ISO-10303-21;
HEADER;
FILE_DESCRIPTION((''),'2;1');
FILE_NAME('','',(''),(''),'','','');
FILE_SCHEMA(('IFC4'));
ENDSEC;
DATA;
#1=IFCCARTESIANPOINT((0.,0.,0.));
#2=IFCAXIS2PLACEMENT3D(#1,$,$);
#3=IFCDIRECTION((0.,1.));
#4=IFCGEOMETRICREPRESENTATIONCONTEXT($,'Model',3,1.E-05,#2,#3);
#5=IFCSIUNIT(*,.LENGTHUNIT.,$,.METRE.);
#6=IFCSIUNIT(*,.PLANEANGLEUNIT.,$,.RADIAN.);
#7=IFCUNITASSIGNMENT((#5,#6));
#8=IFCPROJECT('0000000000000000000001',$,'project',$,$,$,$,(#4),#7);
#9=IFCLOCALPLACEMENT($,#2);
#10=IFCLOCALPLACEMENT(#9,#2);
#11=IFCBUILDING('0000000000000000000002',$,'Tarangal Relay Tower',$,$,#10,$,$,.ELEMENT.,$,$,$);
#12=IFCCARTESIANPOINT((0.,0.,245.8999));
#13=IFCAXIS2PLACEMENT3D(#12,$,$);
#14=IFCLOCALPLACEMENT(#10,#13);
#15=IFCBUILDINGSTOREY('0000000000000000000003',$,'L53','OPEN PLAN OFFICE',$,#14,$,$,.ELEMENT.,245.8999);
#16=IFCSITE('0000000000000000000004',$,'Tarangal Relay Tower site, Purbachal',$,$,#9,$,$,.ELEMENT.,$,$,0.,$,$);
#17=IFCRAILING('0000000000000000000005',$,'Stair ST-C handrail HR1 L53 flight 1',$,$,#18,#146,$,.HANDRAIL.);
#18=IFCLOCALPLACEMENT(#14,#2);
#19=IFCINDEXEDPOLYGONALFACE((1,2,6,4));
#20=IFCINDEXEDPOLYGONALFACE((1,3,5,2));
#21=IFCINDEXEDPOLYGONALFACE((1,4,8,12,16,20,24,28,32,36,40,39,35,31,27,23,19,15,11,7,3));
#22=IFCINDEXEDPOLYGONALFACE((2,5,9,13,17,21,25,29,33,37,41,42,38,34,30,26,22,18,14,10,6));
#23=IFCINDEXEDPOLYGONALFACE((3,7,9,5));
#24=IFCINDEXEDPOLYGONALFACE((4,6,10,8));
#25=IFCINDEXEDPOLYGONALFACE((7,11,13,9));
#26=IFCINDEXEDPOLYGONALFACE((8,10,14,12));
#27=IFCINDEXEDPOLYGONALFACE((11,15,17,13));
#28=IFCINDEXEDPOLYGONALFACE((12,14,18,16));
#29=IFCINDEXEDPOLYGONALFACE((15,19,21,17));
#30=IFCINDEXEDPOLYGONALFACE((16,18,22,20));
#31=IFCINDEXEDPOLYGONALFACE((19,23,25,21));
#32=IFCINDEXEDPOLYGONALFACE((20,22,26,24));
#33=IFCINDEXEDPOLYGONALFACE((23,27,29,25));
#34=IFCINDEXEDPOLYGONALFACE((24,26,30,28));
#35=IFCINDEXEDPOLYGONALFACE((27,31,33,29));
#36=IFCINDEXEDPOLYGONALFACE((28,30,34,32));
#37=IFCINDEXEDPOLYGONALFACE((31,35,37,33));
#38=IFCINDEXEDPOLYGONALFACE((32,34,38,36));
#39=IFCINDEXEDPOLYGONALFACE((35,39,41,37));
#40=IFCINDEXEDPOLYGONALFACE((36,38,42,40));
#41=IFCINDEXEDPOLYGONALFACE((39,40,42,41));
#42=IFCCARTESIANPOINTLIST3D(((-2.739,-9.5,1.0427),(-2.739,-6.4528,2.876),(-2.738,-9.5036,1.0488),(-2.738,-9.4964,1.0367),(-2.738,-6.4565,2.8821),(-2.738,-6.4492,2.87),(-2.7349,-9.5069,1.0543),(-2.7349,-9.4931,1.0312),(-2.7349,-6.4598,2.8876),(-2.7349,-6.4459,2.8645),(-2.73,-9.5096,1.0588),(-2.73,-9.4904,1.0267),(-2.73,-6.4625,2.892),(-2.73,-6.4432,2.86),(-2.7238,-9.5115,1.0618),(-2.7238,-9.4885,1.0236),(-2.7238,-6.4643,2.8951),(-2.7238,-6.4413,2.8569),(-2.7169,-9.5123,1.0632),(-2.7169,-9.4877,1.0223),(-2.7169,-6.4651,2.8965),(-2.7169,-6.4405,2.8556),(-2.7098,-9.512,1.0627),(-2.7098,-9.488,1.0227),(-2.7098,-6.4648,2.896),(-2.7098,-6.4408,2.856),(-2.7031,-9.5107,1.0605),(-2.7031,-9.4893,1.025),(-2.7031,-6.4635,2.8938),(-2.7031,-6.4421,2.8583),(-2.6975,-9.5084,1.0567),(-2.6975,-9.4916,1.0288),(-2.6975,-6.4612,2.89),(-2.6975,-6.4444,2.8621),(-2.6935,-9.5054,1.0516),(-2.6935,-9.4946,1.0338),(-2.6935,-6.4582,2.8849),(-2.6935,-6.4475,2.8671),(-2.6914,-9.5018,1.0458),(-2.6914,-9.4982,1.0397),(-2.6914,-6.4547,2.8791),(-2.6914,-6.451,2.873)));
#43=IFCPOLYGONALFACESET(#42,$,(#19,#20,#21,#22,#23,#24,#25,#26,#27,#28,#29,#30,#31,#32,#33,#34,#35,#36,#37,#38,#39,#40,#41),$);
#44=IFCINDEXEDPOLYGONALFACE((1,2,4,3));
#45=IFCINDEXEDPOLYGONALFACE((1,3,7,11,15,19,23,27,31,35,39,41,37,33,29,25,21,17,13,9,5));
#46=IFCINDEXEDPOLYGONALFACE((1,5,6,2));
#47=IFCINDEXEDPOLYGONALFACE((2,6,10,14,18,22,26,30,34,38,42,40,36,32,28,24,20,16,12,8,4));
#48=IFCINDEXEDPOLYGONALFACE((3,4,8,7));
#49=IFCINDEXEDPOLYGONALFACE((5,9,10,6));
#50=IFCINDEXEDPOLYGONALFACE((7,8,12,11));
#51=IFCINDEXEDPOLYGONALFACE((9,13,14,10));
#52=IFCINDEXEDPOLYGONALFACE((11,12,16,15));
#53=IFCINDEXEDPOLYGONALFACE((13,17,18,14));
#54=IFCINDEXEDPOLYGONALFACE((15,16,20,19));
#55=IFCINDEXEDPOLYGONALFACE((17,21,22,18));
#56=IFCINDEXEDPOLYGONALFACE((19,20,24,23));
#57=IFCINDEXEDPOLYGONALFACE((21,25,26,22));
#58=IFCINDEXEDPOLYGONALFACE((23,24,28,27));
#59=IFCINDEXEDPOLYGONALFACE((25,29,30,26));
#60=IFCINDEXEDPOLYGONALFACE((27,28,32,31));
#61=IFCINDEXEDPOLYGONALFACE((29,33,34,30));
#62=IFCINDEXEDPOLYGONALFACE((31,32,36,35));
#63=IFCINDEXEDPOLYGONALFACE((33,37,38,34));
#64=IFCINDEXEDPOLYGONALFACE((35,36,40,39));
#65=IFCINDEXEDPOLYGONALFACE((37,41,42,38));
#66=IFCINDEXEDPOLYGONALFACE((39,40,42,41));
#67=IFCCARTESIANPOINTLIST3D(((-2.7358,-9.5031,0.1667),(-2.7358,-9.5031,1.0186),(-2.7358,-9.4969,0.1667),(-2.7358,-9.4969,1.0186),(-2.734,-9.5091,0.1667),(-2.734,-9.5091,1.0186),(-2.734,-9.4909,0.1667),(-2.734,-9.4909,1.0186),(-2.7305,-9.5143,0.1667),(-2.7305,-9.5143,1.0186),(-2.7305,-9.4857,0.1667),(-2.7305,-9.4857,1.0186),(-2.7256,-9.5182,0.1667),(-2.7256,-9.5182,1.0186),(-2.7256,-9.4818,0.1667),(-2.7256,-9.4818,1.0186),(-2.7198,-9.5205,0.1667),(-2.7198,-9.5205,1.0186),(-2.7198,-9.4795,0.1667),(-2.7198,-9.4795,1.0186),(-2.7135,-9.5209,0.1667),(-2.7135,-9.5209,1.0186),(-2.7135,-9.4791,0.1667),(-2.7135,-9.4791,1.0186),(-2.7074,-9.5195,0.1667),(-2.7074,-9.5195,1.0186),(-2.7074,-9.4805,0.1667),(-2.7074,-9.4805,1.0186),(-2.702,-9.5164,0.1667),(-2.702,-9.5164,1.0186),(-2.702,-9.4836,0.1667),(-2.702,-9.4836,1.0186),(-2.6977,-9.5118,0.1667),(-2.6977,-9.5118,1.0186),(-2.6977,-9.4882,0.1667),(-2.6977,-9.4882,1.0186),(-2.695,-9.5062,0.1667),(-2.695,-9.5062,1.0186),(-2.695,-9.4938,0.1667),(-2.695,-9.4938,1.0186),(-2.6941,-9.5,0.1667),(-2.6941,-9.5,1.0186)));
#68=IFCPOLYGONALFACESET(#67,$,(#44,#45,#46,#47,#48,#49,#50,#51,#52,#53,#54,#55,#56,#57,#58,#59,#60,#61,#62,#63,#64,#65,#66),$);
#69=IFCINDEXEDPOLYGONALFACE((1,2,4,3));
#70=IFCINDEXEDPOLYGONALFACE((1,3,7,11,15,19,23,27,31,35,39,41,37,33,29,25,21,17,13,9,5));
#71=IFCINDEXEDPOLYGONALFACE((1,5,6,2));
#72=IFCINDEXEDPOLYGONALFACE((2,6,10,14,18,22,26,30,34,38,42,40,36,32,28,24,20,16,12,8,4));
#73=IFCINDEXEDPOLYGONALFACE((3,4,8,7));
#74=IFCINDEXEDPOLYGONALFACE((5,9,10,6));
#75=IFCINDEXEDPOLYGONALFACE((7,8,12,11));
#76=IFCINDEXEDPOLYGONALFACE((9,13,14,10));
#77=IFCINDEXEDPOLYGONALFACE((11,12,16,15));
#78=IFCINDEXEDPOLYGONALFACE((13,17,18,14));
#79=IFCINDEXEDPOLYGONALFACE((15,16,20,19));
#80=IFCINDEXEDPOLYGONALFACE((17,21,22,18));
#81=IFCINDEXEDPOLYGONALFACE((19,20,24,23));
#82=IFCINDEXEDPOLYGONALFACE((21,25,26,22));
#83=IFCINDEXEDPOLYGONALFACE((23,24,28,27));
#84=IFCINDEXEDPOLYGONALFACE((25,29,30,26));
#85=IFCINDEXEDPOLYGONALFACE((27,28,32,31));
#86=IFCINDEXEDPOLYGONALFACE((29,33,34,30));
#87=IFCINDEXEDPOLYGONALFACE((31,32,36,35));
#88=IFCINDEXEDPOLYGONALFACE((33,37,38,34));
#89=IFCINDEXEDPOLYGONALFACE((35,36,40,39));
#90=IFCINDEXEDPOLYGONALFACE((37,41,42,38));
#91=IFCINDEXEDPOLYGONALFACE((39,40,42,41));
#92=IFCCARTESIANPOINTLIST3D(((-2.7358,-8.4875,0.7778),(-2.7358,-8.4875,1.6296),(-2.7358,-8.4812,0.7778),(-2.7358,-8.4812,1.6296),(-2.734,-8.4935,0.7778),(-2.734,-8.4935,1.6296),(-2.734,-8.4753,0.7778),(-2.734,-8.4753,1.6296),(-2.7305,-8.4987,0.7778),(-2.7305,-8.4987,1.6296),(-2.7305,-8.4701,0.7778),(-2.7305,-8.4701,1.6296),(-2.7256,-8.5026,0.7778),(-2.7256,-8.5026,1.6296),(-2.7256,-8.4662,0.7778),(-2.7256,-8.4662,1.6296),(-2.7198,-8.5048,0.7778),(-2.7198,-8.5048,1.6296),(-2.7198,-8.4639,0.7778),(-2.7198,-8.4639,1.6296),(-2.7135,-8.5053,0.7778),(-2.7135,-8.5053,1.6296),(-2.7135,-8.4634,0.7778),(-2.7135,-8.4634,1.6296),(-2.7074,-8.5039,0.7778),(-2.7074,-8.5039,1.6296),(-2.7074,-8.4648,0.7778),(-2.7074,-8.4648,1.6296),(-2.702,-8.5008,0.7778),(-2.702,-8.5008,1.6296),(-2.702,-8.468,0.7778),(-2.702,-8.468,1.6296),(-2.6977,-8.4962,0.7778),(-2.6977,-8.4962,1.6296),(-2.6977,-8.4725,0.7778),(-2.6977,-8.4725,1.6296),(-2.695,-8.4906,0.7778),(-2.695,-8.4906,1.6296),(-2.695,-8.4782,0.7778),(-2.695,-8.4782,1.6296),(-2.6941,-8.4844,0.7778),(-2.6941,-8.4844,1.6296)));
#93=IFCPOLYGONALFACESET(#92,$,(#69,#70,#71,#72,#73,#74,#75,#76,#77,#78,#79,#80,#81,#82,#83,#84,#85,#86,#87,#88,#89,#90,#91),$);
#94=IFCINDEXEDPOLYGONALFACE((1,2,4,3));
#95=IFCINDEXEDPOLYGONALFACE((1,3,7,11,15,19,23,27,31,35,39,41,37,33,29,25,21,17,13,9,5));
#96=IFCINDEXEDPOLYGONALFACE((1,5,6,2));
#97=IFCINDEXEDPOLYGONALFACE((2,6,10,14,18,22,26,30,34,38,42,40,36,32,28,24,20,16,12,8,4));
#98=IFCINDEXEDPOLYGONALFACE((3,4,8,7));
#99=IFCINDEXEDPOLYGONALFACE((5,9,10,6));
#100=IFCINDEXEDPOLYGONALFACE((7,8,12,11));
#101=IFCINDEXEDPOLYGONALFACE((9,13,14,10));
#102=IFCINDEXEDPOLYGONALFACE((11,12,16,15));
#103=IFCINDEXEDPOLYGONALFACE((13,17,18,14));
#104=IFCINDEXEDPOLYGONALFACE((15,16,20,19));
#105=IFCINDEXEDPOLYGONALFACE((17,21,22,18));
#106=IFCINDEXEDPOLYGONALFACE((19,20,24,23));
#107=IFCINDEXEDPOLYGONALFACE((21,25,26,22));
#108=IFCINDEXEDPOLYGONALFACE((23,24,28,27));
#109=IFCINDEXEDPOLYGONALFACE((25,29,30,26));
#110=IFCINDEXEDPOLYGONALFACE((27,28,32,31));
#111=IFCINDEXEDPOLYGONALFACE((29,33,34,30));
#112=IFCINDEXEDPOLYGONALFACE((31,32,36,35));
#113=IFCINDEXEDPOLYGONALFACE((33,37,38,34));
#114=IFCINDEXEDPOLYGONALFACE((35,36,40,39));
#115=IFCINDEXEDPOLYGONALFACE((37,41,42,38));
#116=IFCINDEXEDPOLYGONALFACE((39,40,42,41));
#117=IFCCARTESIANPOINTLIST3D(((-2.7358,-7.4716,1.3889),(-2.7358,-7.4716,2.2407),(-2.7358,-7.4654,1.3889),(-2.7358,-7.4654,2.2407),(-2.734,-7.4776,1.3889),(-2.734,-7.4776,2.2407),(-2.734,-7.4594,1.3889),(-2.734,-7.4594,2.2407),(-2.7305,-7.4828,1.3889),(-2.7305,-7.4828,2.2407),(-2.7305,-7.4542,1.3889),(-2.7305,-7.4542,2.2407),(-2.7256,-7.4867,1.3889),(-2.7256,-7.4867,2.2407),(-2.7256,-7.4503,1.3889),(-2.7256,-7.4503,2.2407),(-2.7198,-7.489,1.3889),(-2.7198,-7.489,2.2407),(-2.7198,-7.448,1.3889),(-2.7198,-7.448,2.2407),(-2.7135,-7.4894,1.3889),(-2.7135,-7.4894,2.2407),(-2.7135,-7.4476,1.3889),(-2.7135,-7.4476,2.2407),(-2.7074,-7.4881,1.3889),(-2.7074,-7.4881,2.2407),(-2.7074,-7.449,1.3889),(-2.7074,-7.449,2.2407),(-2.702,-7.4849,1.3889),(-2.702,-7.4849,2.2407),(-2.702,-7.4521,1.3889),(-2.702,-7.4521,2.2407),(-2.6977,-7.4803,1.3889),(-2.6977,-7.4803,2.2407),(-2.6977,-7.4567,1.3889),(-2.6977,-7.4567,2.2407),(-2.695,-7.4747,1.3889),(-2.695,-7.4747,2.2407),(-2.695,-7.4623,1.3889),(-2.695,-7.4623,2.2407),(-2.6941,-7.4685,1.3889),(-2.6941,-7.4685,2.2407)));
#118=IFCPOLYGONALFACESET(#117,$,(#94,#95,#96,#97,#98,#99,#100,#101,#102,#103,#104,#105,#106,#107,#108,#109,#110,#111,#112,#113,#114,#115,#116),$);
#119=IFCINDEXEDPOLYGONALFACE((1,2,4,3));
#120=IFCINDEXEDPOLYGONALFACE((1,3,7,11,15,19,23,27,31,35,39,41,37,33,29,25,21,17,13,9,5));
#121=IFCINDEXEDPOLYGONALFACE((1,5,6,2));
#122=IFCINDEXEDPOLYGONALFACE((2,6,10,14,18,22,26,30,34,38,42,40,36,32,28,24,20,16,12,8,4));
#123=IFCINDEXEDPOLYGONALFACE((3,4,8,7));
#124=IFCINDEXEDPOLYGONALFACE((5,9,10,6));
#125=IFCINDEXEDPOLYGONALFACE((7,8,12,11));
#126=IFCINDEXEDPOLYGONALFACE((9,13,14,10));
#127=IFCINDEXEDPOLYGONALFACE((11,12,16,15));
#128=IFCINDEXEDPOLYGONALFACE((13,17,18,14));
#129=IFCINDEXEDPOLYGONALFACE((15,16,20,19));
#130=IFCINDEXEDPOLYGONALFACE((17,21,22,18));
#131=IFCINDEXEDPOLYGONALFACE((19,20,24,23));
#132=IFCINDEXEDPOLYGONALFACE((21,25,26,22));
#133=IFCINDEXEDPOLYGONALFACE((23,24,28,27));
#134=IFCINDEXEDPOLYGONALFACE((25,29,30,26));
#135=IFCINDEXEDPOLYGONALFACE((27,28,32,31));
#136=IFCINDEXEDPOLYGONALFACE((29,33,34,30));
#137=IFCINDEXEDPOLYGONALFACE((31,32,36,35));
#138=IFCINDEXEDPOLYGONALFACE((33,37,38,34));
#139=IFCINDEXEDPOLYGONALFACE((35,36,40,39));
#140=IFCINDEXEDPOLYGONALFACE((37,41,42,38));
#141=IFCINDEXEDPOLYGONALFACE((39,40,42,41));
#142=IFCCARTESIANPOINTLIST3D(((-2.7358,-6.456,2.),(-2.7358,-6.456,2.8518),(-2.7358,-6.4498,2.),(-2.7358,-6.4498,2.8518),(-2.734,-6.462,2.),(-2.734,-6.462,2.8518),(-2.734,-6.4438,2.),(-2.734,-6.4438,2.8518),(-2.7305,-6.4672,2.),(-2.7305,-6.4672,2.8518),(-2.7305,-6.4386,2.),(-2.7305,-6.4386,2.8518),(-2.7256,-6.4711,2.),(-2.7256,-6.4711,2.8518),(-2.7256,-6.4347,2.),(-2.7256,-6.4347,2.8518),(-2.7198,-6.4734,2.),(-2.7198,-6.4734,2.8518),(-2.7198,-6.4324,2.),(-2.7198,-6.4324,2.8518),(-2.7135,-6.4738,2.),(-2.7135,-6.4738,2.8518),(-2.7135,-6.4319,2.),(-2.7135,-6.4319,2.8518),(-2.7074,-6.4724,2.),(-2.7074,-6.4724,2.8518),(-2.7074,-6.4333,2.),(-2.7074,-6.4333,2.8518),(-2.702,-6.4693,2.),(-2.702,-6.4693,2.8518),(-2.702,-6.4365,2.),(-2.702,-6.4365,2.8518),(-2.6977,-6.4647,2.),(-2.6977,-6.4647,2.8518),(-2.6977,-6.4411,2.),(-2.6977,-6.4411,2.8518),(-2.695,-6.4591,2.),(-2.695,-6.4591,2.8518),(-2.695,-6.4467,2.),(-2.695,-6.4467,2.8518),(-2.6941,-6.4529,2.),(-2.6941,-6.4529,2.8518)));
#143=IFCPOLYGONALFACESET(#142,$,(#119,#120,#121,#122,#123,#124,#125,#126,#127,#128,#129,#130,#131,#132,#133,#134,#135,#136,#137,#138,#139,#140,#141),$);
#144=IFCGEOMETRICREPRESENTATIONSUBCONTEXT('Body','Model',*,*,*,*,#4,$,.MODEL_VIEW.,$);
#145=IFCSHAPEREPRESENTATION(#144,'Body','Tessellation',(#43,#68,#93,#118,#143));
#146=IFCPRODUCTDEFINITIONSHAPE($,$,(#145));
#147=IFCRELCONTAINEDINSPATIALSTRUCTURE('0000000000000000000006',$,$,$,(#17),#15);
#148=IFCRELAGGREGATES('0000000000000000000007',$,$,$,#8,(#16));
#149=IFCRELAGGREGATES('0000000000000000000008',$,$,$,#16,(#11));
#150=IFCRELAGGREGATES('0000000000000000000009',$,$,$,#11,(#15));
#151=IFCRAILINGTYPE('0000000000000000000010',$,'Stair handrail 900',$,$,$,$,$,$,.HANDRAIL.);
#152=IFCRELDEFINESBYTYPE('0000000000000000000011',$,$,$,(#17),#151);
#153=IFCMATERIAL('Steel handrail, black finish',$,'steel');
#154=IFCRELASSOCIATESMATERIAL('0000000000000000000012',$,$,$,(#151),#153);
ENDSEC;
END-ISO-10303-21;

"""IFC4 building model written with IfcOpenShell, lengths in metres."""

from ifc_helpers import new_model, si_unit, direction, frame, origin, origin_2d, place, context, subcontext, project, spatial, circle, extrude, material, type_object, element, save


model = new_model("IFC4")

# Units and contexts
model_context = context("Model", 3, precision=1e-05, world=origin(), true_north=direction((0.0, 1.0)))
body_context = subcontext(model_context, "Body", "Model", "MODEL_VIEW")
ifc_project = project(units=[si_unit("LENGTHUNIT", "METRE"), si_unit("PLANEANGLEUNIT", "RADIAN")], contexts=[model_context])

# Site, building, storey
site_placement = place(None, origin())
site = spatial("IfcSite", under=ifc_project, at=site_placement, Name="Tarangal Relay Tower site, Purbachal", CompositionType="ELEMENT", RefElevation=0.0)
building_placement = place(site_placement, origin())
building = spatial("IfcBuilding", under=site, at=building_placement, Name="Tarangal Relay Tower", CompositionType="ELEMENT")
storey_placement = place(building_placement, frame((0.0, 0.0, 245.8999)))
storey = spatial("IfcBuildingStorey", under=building, at=storey_placement, Name="L53", Description="OPEN PLAN OFFICE", CompositionType="ELEMENT", Elevation=245.8999)

# Railing
ifc_material_1 = material(Name="Steel handrail, black finish", Category="steel")
railing_type_1 = type_object("IfcRailingType", Name="Stair handrail 900", PredefinedType="HANDRAIL", material=ifc_material_1)
railing_1_placement = place(storey_placement, frame((-2.7151, -9.5, 0.1667)))
element("IfcRailing", 1, at=railing_1_placement, inside=storey, type_object=railing_type_1, Name="Stair ST-C handrail HR1 L53 flight 1", PredefinedType="HANDRAIL", context=body_context, shape_type="SweptSolid", body=[
    extrude(circle(Radius=0.0239, at=origin_2d()), frame((0.0, 0.0, 0.876), z_axis=(0.0, 0.856874, 0.515525), x_axis=(-1.0, 0.0, 0.0)), (0.0, 0.0, 1.0), 3.5562),
    extrude(circle(Radius=0.021, at=origin_2d()), origin(), (0.0, 0.0, 1.0), 0.8518),
    extrude(circle(Radius=0.021, at=origin_2d()), frame((0.0, 1.0156, 0.6111)), (0.0, 0.0, 1.0), 0.8518),
    extrude(circle(Radius=0.021, at=origin_2d()), frame((0.0, 2.0315, 1.2222)), (0.0, 0.0, 1.0), 0.8518),
    extrude(circle(Radius=0.021, at=origin_2d()), frame((0.0, 3.0471, 1.8333)), (0.0, 0.0, 1.0), 0.8518),
])

save(model, "model.ifc")
